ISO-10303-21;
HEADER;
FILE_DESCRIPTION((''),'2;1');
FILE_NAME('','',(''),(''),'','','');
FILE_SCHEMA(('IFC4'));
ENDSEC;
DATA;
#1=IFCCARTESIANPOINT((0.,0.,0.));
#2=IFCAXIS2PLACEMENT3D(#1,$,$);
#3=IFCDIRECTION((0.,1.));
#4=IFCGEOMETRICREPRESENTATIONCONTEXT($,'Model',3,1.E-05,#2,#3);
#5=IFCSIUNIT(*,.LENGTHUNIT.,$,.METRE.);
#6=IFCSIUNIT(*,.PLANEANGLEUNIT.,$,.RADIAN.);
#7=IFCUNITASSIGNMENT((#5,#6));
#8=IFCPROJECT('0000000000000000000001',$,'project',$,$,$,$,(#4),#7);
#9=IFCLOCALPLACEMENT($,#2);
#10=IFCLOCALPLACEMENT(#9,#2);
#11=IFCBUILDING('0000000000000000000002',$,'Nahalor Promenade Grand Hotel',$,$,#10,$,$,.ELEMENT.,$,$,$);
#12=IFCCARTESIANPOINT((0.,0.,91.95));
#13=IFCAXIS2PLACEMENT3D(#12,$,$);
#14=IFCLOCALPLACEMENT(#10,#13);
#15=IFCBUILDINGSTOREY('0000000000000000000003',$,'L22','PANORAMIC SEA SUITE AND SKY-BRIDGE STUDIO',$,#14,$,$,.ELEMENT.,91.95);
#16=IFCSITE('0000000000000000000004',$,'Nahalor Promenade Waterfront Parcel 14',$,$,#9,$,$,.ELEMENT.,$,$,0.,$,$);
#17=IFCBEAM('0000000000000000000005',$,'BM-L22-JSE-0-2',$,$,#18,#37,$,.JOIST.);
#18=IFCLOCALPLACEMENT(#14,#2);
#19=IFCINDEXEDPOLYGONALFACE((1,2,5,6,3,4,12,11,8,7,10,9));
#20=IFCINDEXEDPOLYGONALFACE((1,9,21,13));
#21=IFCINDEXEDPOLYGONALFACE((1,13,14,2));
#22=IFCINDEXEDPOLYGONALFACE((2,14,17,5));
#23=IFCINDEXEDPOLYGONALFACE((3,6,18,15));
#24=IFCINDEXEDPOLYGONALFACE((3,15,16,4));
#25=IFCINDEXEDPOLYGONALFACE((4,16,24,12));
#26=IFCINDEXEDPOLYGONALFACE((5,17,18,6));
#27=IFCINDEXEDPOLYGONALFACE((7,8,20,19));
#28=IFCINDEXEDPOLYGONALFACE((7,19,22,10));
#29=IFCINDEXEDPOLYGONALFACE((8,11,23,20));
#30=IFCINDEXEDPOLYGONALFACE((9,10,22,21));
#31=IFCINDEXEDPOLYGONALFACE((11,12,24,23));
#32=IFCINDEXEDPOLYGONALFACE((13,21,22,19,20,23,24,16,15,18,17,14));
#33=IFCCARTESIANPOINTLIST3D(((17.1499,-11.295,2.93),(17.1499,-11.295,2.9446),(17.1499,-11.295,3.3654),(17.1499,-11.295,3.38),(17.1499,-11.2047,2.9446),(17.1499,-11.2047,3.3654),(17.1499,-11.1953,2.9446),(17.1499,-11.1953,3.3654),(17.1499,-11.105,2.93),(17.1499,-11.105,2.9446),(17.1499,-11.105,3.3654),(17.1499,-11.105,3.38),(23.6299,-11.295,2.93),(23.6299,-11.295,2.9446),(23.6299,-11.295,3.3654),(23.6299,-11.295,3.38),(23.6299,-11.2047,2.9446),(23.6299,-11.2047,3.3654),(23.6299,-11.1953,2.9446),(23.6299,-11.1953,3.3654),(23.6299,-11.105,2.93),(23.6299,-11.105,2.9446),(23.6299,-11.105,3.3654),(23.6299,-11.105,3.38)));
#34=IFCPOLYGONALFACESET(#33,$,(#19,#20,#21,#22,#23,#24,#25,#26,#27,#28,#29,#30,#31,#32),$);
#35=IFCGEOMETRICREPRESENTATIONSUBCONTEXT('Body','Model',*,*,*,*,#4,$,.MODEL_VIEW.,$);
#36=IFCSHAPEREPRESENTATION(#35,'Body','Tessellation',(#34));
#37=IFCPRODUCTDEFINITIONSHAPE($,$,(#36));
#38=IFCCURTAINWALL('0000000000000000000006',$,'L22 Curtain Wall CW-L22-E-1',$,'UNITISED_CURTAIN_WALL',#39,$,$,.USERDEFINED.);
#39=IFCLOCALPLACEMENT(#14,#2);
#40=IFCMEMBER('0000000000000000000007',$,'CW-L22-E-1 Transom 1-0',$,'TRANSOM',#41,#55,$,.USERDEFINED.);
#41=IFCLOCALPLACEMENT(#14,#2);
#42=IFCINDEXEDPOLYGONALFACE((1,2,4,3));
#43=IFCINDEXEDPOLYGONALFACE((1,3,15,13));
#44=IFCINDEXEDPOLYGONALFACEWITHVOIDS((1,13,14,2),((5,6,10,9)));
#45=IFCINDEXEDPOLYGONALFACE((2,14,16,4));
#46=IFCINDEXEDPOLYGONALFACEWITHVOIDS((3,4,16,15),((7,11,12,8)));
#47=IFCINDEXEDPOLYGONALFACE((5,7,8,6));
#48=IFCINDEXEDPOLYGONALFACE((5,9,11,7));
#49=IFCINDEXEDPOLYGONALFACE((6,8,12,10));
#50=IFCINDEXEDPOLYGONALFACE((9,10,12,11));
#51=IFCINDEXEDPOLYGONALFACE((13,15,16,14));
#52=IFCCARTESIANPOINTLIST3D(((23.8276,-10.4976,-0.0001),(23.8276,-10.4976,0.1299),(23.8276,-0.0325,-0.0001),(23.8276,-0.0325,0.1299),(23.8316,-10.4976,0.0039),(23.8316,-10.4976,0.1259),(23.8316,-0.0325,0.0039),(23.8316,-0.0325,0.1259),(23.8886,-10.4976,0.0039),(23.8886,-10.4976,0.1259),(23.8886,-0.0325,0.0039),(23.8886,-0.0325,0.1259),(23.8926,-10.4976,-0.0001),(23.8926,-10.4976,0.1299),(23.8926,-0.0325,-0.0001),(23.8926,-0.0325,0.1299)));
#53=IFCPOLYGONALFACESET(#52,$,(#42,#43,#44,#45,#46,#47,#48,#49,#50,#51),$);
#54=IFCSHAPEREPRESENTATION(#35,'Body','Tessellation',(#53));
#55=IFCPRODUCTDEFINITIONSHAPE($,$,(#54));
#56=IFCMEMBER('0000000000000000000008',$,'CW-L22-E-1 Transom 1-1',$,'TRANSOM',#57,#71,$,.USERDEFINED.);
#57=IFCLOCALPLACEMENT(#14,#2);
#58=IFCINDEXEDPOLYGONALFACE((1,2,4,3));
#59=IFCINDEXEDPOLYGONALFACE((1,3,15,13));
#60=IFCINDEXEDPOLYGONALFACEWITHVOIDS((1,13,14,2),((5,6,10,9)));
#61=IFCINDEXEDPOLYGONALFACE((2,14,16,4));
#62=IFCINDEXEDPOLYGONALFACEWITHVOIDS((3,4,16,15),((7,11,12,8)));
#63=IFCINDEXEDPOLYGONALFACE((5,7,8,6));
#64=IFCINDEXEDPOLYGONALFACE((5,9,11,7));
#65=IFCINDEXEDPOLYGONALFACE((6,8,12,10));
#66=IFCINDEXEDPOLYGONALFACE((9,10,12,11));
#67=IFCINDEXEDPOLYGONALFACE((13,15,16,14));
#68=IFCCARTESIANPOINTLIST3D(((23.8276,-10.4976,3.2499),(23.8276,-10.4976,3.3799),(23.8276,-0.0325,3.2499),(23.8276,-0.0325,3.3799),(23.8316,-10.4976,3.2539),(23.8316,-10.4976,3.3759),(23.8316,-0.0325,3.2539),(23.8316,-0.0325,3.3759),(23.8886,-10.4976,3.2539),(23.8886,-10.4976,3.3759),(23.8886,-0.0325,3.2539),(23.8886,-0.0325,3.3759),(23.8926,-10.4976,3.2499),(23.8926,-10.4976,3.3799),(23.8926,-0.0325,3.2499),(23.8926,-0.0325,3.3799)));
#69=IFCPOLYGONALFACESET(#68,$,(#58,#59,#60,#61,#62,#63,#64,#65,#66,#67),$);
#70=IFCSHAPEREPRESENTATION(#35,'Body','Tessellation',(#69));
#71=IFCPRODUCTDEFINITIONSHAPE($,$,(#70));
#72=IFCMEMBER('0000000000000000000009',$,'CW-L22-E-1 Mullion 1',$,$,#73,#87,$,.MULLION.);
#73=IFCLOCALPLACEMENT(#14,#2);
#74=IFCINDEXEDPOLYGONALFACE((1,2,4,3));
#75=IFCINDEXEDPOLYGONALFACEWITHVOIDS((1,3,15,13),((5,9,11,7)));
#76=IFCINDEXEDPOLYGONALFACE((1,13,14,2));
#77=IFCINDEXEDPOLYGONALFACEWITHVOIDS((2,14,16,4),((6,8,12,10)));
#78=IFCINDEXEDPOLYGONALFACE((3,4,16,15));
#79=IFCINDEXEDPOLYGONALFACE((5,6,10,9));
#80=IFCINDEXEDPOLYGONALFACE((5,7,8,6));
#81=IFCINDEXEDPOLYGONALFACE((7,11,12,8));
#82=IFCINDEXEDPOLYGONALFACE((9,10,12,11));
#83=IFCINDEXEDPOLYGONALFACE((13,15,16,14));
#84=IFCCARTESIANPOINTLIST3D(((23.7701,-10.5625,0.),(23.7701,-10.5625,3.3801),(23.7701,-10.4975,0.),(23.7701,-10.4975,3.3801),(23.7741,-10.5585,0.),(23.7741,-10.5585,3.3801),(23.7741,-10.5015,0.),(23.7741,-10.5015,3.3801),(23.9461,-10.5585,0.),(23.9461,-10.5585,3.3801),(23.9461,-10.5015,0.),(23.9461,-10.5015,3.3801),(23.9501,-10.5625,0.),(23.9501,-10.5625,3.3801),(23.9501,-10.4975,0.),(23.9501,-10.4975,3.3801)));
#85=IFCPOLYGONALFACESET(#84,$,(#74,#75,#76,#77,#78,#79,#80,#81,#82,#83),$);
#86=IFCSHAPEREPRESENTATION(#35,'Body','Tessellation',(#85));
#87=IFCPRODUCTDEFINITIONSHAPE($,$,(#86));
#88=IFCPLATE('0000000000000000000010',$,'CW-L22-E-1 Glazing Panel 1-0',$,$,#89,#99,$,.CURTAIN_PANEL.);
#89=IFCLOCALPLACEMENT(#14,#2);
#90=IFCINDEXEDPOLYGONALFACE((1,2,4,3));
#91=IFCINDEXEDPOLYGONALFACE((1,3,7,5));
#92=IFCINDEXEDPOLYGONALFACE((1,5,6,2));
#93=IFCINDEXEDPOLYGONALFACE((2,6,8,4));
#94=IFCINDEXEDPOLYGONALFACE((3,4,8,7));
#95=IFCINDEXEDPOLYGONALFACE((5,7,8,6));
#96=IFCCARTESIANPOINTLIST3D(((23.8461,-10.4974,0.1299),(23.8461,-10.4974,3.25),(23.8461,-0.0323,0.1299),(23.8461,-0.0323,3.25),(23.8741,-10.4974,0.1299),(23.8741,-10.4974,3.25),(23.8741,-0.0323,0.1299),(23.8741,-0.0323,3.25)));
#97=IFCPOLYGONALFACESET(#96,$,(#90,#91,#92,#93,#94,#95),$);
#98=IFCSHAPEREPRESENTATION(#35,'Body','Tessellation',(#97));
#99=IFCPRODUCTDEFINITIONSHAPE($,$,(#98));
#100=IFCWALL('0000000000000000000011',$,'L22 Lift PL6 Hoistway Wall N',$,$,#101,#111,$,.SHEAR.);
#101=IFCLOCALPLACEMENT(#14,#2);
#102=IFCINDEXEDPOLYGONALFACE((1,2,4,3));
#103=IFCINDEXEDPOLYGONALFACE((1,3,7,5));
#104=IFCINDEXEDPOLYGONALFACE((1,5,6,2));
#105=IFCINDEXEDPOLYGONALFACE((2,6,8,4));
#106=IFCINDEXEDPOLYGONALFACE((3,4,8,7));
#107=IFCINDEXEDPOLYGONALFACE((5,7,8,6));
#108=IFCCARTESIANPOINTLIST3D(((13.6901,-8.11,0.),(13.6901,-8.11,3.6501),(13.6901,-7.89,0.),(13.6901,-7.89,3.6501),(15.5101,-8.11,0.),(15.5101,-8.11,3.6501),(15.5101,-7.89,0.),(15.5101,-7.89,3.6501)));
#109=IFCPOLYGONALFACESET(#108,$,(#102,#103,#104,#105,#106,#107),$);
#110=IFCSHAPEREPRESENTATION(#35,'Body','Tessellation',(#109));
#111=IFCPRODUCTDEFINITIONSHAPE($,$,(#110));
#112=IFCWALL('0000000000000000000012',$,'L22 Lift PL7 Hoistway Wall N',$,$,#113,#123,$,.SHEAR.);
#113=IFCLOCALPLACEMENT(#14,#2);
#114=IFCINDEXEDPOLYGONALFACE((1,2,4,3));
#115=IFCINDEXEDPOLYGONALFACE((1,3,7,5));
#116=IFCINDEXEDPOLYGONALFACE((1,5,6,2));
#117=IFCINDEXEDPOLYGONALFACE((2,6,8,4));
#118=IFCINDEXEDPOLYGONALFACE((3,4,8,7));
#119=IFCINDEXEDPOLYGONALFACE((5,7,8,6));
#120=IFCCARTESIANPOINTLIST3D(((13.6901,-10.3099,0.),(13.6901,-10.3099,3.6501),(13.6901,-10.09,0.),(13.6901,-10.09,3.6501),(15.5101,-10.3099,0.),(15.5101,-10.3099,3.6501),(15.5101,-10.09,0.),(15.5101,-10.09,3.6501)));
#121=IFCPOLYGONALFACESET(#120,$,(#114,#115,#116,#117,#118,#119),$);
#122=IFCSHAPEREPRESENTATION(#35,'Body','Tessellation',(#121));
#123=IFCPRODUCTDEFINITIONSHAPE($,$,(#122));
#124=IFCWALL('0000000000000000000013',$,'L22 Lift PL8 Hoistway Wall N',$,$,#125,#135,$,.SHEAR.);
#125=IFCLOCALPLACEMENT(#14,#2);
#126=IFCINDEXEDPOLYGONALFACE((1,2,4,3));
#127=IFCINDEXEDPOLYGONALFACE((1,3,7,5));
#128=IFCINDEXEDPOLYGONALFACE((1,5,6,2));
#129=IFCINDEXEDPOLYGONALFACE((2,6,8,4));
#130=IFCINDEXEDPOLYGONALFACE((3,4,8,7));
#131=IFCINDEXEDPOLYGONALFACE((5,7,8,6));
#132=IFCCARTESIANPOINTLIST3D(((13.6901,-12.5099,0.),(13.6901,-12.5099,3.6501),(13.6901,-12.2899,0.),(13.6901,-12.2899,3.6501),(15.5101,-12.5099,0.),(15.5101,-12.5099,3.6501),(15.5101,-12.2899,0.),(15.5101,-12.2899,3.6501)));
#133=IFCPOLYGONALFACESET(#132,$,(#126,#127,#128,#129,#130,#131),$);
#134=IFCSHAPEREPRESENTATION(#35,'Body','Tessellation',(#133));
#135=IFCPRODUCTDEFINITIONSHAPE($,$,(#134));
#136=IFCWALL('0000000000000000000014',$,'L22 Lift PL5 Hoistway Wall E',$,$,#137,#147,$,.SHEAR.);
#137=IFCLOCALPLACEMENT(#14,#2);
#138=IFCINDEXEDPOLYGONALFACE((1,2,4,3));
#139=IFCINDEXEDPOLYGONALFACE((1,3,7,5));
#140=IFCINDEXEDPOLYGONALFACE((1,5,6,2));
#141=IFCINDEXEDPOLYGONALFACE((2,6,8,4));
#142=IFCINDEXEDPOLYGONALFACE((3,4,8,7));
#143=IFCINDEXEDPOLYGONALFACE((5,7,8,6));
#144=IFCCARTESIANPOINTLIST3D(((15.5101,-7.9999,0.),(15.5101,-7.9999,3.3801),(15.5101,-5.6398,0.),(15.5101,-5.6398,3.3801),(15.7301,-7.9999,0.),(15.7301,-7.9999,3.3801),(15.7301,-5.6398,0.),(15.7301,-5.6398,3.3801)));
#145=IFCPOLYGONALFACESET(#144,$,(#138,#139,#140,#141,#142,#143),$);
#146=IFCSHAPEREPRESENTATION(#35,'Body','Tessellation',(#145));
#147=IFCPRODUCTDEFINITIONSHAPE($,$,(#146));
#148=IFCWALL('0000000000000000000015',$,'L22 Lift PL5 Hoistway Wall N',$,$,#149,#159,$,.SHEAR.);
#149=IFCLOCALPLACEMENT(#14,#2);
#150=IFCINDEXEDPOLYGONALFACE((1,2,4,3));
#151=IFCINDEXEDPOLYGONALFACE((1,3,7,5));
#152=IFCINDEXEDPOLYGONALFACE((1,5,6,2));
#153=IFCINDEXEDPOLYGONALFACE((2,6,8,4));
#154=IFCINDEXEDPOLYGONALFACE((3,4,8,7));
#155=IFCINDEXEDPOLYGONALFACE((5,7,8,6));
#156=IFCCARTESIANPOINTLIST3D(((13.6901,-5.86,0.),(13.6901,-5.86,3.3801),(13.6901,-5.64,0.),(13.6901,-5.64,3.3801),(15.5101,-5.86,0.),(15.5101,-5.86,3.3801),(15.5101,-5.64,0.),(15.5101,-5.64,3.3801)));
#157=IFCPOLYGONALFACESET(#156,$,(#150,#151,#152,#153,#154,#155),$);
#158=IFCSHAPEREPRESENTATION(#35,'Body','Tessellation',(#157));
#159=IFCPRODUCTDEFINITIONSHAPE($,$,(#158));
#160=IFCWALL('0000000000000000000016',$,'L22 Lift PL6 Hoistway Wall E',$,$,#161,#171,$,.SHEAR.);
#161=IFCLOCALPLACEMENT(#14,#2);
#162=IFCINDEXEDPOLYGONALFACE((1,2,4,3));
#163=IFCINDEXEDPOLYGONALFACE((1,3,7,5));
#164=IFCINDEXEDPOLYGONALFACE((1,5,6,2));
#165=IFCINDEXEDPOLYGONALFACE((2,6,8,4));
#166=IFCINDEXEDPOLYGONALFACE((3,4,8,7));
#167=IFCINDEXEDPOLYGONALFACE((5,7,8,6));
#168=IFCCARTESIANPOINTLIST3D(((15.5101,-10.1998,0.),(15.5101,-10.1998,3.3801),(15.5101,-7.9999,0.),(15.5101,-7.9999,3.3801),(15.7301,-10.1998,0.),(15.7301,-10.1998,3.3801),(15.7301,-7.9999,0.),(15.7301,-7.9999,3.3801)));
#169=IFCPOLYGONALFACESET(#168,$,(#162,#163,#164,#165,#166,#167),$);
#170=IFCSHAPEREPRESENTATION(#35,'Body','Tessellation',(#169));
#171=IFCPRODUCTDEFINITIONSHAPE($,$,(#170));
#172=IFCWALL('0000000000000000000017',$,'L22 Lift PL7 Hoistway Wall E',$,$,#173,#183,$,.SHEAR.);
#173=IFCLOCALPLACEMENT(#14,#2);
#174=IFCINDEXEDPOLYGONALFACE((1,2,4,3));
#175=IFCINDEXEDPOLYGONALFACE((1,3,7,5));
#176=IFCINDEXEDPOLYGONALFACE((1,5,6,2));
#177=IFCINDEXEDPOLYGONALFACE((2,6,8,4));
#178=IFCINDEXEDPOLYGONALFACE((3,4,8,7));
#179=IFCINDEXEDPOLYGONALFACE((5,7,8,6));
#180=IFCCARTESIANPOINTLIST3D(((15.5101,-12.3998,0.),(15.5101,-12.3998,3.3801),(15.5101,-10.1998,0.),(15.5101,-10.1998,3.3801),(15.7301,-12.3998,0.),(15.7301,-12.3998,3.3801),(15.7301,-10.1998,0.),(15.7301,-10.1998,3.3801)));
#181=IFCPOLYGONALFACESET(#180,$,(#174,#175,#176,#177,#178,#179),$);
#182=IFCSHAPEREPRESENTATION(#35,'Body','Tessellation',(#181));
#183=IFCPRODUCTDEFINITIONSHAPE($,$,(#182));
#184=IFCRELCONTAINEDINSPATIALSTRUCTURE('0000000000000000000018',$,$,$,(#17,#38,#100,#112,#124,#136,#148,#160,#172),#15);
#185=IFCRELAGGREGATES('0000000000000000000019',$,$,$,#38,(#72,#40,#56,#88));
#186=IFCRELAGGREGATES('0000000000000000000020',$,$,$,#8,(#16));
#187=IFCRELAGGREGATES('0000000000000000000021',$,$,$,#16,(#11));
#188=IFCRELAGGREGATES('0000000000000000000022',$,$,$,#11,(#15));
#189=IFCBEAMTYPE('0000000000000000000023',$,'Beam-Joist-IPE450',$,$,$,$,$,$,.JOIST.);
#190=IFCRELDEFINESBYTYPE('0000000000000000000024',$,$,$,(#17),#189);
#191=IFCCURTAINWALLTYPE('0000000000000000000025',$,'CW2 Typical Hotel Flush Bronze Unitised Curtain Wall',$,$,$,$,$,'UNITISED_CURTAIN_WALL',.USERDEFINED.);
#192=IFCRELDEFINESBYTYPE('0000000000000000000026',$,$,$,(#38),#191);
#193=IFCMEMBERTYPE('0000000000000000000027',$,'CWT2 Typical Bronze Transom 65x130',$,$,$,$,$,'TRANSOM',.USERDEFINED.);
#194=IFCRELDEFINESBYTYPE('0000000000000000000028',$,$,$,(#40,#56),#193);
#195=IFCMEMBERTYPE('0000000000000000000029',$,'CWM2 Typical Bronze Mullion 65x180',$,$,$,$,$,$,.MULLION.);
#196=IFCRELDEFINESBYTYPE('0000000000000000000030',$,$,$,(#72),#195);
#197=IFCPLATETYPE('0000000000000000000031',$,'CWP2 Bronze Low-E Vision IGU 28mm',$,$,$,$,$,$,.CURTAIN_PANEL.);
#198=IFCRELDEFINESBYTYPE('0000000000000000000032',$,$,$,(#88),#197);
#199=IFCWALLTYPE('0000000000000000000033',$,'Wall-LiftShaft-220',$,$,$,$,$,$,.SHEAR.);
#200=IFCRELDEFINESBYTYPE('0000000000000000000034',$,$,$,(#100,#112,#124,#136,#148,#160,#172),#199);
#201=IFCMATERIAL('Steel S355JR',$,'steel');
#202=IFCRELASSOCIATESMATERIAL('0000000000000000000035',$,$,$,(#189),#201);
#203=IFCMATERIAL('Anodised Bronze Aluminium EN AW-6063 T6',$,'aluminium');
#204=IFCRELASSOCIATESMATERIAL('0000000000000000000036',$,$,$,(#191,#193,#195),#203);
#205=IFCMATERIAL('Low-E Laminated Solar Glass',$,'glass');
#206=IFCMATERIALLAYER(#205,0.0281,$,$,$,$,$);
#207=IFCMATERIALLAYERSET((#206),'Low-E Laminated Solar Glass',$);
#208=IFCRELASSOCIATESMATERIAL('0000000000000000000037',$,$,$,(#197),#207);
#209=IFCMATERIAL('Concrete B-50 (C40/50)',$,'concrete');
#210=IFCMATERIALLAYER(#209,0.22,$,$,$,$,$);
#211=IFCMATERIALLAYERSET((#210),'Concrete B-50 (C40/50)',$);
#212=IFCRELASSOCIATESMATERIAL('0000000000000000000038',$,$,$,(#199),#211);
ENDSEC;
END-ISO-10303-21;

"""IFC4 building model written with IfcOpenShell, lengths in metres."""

from ifc_helpers import new_model, si_unit, direction, frame, frame_2d, origin, origin_2d, place, context, subcontext, project, spatial, rectangle, hollow_rectangle, i_section, extrude, source, transform, mapped, material, layer, layer_set, material_profile, profile_set, type_object, element, aggregate, save


model = new_model("IFC4")

# Units and contexts
model_context = context("Model", 3, precision=1e-05, world=origin(), true_north=direction((0.0, 1.0)))
body_context = subcontext(model_context, "Body", "Model", "MODEL_VIEW")
ifc_project = project(units=[si_unit("LENGTHUNIT", "METRE"), si_unit("PLANEANGLEUNIT", "RADIAN")], contexts=[model_context])

# Site, building, storey
site_placement = place(None, origin())
site = spatial("IfcSite", under=ifc_project, at=site_placement, Name="Nahalor Promenade Waterfront Parcel 14", CompositionType="ELEMENT", RefElevation=0.0)
building_placement = place(site_placement, origin())
building = spatial("IfcBuilding", under=site, at=building_placement, Name="Nahalor Promenade Grand Hotel", CompositionType="ELEMENT")
storey_placement = place(building_placement, frame((0.0, 0.0, 91.95)))
storey = spatial("IfcBuildingStorey", under=building, at=storey_placement, Name="L22", Description="PANORAMIC SEA SUITE AND SKY-BRIDGE STUDIO", CompositionType="ELEMENT", Elevation=91.95)

# Beam
ifc_material_1 = material(Name="Steel S355JR", Category="steel")
ifc_material_profile_1 = material_profile(ifc_material_1, i_section(OverallWidth=0.19, OverallDepth=0.45, WebThickness=0.0094, FlangeThickness=0.0146, at=origin_2d()), Name="IPE 450")
ifc_profile_set_1 = profile_set([ifc_material_profile_1], Name="Steel S355JR")
beam_type_1 = type_object("IfcBeamType", Name="Beam-Joist-IPE450", PredefinedType="JOIST", material=ifc_profile_set_1)
shared_shape_1 = source(origin(), body_context, "Body", "SweptSolid", [
    extrude(i_section(OverallWidth=0.19, OverallDepth=0.45, WebThickness=0.0094, FlangeThickness=0.0146, at=origin_2d()), origin(), (0.0, 0.0, 1.0), 6.48),
])
beam_1_placement = place(storey_placement, frame((17.1499, -11.2, 3.155), z_axis=(1.0, 0.0, 0.0), x_axis=(0.0, 1.0, 0.0)))
element("IfcBeam", 1, at=beam_1_placement, inside=storey, type_object=beam_type_1, Name="BM-L22-JSE-0-2", PredefinedType="JOIST", context=body_context, shape_type="MappedRepresentation", body=[
    mapped(shared_shape_1, transform((0.0, 0.0, 0.0), scale=1.0)),
])

# Curtain wall, members, plate
ifc_material_2 = material(Name="Anodised Bronze Aluminium EN AW-6063 T6", Category="aluminium")
curtain_wall_type = type_object("IfcCurtainWallType", Name="CW2 Typical Hotel Flush Bronze Unitised Curtain Wall", ElementType="UNITISED_CURTAIN_WALL", PredefinedType="USERDEFINED", material=ifc_material_2)
curtain_wall_placement = place(storey_placement, origin())
curtain_wall = element("IfcCurtainWall", 2, at=curtain_wall_placement, inside=storey, type_object=curtain_wall_type, Name="L22 Curtain Wall CW-L22-E-1", ObjectType="UNITISED_CURTAIN_WALL", PredefinedType="USERDEFINED")
ifc_material_profile_2 = material_profile(ifc_material_2, hollow_rectangle(XDim=0.065, YDim=0.13, WallThickness=0.004, at=origin_2d()), Name="CWT 65x130x4")
ifc_profile_set_2 = profile_set([ifc_material_profile_2], Name="Anodised Bronze Aluminium EN AW-6063 T6")
member_type_1 = type_object("IfcMemberType", Name="CWT2 Typical Bronze Transom 65x130", ElementType="TRANSOM", PredefinedType="USERDEFINED", material=ifc_profile_set_2)
shared_shape_2 = source(origin(), body_context, "Body", "SweptSolid", [
    extrude(hollow_rectangle(XDim=0.065, YDim=0.13, WallThickness=0.004, at=origin_2d()), origin(), (0.0, 0.0, 1.0), 10.4651),
])
member_1_placement = place(storey_placement, frame((23.8601, -10.4976, 0.0649), z_axis=(0.0, 1.0, 0.0), x_axis=(-1.0, 0.0, 0.0)))
member_1 = element("IfcMember", 3, at=member_1_placement, type_object=member_type_1, Name="CW-L22-E-1 Transom 1-0", ObjectType="TRANSOM", PredefinedType="USERDEFINED", context=body_context, shape_type="MappedRepresentation", body=[
    mapped(shared_shape_2, transform((0.0, 0.0, 0.0), scale=1.0)),
])
member_2_placement = place(storey_placement, frame((23.8601, -10.4976, 3.3149), z_axis=(0.0, 1.0, 0.0), x_axis=(-1.0, 0.0, 0.0)))
member_2 = element("IfcMember", 4, at=member_2_placement, type_object=member_type_1, Name="CW-L22-E-1 Transom 1-1", ObjectType="TRANSOM", PredefinedType="USERDEFINED", context=body_context, shape_type="MappedRepresentation", body=[
    mapped(shared_shape_2, transform((0.0, 0.0, 0.0), scale=1.0)),
])
ifc_material_profile_3 = material_profile(ifc_material_2, hollow_rectangle(XDim=0.065, YDim=0.18, WallThickness=0.004, at=origin_2d()), Name="CWM 65x180x4")
ifc_profile_set_3 = profile_set([ifc_material_profile_3], Name="Anodised Bronze Aluminium EN AW-6063 T6")
member_type_2 = type_object("IfcMemberType", Name="CWM2 Typical Bronze Mullion 65x180", PredefinedType="MULLION", material=ifc_profile_set_3)
shared_shape_3 = source(origin(), body_context, "Body", "SweptSolid", [
    extrude(hollow_rectangle(XDim=0.065, YDim=0.18, WallThickness=0.004, at=origin_2d()), origin(), (0.0, 0.0, 1.0), 3.3801),
])
member_3_placement = place(storey_placement, frame((23.8601, -10.53, 0.0), z_axis=(0.0, 0.0, 1.0), x_axis=(0.0, 1.0, 0.0)))
member_3 = element("IfcMember", 5, at=member_3_placement, type_object=member_type_2, Name="CW-L22-E-1 Mullion 1", PredefinedType="MULLION", context=body_context, shape_type="MappedRepresentation", body=[
    mapped(shared_shape_3, transform((0.0, 0.0, 0.0), scale=1.0)),
])
ifc_material_3 = material(Name="Low-E Laminated Solar Glass", Category="glass")
ifc_layer_1 = layer(ifc_material_3, 0.0281)
ifc_layer_set_1 = layer_set([ifc_layer_1], Name="Low-E Laminated Solar Glass")
plate_type = type_object("IfcPlateType", Name="CWP2 Bronze Low-E Vision IGU 28mm", PredefinedType="CURTAIN_PANEL", material=ifc_layer_set_1)
shared_shape_4 = source(origin(), body_context, "Body", "SweptSolid", [
    extrude(rectangle(XDim=10.4651, YDim=0.0281, at=origin_2d()), origin(), (0.0, 0.0, 1.0), 3.1201),
])
plate_placement = place(storey_placement, frame((23.8601, -5.2649, 0.1299), z_axis=(0.0, 0.0, 1.0), x_axis=(0.0, 1.0, 0.0)))
plate = element("IfcPlate", 6, at=plate_placement, type_object=plate_type, Name="CW-L22-E-1 Glazing Panel 1-0", PredefinedType="CURTAIN_PANEL", context=body_context, shape_type="MappedRepresentation", body=[
    mapped(shared_shape_4, transform((0.0, 0.0, 0.0), scale=1.0)),
])
aggregate(curtain_wall, [member_3, member_1, member_2, plate])

# Walls
ifc_material_4 = material(Name="Concrete B-50 (C40/50)", Category="concrete")
ifc_layer_2 = layer(ifc_material_4, 0.22)
ifc_layer_set_2 = layer_set([ifc_layer_2], Name="Concrete B-50 (C40/50)")
wall_type_1 = type_object("IfcWallType", Name="Wall-LiftShaft-220", PredefinedType="SHEAR", material=ifc_layer_set_2)
shared_shape_5 = source(origin(), body_context, "Body", "SweptSolid", [
    extrude(rectangle(XDim=1.8201, YDim=0.22, at=frame_2d((0.9102, 0.0))), origin(), (0.0, 0.0, 1.0), 3.6501),
])
for number, where, z_axis, x_axis, name in (
    (7, (13.6899, -8.0, 0.0), (0.0, 0.0, 1.0), (1.0, 0.0, 0.0), "L22 Lift PL6 Hoistway Wall N"),
    (8, (13.6899, -10.2, 0.0), (0.0, 0.0, 1.0), (1.0, 0.0, 0.0), "L22 Lift PL7 Hoistway Wall N"),
    (9, (13.6899, -12.3999, 0.0), (0.0, 0.0, 1.0), (1.0, 0.0, 0.0), "L22 Lift PL8 Hoistway Wall N"),
):
    element("IfcWall", number, at=place(storey_placement, frame(where, z_axis=z_axis, x_axis=x_axis)), inside=storey, type_object=wall_type_1, Name=name, PredefinedType="SHEAR", context=body_context, shape_type="MappedRepresentation", body=[
        mapped(shared_shape_5, transform((0.0, 0.0, 0.0), scale=1.0)),
    ])
shared_shape_6 = source(origin(), body_context, "Body", "SweptSolid", [
    extrude(rectangle(XDim=2.3601, YDim=0.22, at=frame_2d((1.1802, 0.0))), origin(), (0.0, 0.0, 1.0), 3.3801),
])
wall_1_placement = place(storey_placement, frame((15.6201, -8.0, 0.0), z_axis=(0.0, 0.0, 1.0), x_axis=(0.0, 1.0, 0.0)))
element("IfcWall", 10, at=wall_1_placement, inside=storey, type_object=wall_type_1, Name="L22 Lift PL5 Hoistway Wall E", PredefinedType="SHEAR", context=body_context, shape_type="MappedRepresentation", body=[
    mapped(shared_shape_6, transform((0.0, 0.0, 0.0), scale=1.0)),
])
shared_shape_7 = source(origin(), body_context, "Body", "SweptSolid", [
    extrude(rectangle(XDim=1.8201, YDim=0.22, at=frame_2d((0.9102, 0.0))), origin(), (0.0, 0.0, 1.0), 3.3801),
])
wall_2_placement = place(storey_placement, frame((13.6899, -5.75, 0.0), z_axis=(0.0, 0.0, 1.0), x_axis=(1.0, 0.0, 0.0)))
element("IfcWall", 11, at=wall_2_placement, inside=storey, type_object=wall_type_1, Name="L22 Lift PL5 Hoistway Wall N", PredefinedType="SHEAR", context=body_context, shape_type="MappedRepresentation", body=[
    mapped(shared_shape_7, transform((0.0, 0.0, 0.0), scale=1.0)),
])
shared_shape_8 = source(origin(), body_context, "Body", "SweptSolid", [
    extrude(rectangle(XDim=2.2, YDim=0.22, at=frame_2d((1.1001, 0.0))), origin(), (0.0, 0.0, 1.0), 3.3801),
])
for number, where, z_axis, x_axis, name in (
    (12, (15.6201, -10.2, 0.0), (0.0, 0.0, 1.0), (0.0, 1.0, 0.0), "L22 Lift PL6 Hoistway Wall E"),
    (13, (15.6201, -12.3999, 0.0), (0.0, 0.0, 1.0), (0.0, 1.0, 0.0), "L22 Lift PL7 Hoistway Wall E"),
):
    element("IfcWall", number, at=place(storey_placement, frame(where, z_axis=z_axis, x_axis=x_axis)), inside=storey, type_object=wall_type_1, Name=name, PredefinedType="SHEAR", context=body_context, shape_type="MappedRepresentation", body=[
        mapped(shared_shape_8, transform((0.0, 0.0, 0.0), scale=1.0)),
    ])

save(model, "model.ifc")
